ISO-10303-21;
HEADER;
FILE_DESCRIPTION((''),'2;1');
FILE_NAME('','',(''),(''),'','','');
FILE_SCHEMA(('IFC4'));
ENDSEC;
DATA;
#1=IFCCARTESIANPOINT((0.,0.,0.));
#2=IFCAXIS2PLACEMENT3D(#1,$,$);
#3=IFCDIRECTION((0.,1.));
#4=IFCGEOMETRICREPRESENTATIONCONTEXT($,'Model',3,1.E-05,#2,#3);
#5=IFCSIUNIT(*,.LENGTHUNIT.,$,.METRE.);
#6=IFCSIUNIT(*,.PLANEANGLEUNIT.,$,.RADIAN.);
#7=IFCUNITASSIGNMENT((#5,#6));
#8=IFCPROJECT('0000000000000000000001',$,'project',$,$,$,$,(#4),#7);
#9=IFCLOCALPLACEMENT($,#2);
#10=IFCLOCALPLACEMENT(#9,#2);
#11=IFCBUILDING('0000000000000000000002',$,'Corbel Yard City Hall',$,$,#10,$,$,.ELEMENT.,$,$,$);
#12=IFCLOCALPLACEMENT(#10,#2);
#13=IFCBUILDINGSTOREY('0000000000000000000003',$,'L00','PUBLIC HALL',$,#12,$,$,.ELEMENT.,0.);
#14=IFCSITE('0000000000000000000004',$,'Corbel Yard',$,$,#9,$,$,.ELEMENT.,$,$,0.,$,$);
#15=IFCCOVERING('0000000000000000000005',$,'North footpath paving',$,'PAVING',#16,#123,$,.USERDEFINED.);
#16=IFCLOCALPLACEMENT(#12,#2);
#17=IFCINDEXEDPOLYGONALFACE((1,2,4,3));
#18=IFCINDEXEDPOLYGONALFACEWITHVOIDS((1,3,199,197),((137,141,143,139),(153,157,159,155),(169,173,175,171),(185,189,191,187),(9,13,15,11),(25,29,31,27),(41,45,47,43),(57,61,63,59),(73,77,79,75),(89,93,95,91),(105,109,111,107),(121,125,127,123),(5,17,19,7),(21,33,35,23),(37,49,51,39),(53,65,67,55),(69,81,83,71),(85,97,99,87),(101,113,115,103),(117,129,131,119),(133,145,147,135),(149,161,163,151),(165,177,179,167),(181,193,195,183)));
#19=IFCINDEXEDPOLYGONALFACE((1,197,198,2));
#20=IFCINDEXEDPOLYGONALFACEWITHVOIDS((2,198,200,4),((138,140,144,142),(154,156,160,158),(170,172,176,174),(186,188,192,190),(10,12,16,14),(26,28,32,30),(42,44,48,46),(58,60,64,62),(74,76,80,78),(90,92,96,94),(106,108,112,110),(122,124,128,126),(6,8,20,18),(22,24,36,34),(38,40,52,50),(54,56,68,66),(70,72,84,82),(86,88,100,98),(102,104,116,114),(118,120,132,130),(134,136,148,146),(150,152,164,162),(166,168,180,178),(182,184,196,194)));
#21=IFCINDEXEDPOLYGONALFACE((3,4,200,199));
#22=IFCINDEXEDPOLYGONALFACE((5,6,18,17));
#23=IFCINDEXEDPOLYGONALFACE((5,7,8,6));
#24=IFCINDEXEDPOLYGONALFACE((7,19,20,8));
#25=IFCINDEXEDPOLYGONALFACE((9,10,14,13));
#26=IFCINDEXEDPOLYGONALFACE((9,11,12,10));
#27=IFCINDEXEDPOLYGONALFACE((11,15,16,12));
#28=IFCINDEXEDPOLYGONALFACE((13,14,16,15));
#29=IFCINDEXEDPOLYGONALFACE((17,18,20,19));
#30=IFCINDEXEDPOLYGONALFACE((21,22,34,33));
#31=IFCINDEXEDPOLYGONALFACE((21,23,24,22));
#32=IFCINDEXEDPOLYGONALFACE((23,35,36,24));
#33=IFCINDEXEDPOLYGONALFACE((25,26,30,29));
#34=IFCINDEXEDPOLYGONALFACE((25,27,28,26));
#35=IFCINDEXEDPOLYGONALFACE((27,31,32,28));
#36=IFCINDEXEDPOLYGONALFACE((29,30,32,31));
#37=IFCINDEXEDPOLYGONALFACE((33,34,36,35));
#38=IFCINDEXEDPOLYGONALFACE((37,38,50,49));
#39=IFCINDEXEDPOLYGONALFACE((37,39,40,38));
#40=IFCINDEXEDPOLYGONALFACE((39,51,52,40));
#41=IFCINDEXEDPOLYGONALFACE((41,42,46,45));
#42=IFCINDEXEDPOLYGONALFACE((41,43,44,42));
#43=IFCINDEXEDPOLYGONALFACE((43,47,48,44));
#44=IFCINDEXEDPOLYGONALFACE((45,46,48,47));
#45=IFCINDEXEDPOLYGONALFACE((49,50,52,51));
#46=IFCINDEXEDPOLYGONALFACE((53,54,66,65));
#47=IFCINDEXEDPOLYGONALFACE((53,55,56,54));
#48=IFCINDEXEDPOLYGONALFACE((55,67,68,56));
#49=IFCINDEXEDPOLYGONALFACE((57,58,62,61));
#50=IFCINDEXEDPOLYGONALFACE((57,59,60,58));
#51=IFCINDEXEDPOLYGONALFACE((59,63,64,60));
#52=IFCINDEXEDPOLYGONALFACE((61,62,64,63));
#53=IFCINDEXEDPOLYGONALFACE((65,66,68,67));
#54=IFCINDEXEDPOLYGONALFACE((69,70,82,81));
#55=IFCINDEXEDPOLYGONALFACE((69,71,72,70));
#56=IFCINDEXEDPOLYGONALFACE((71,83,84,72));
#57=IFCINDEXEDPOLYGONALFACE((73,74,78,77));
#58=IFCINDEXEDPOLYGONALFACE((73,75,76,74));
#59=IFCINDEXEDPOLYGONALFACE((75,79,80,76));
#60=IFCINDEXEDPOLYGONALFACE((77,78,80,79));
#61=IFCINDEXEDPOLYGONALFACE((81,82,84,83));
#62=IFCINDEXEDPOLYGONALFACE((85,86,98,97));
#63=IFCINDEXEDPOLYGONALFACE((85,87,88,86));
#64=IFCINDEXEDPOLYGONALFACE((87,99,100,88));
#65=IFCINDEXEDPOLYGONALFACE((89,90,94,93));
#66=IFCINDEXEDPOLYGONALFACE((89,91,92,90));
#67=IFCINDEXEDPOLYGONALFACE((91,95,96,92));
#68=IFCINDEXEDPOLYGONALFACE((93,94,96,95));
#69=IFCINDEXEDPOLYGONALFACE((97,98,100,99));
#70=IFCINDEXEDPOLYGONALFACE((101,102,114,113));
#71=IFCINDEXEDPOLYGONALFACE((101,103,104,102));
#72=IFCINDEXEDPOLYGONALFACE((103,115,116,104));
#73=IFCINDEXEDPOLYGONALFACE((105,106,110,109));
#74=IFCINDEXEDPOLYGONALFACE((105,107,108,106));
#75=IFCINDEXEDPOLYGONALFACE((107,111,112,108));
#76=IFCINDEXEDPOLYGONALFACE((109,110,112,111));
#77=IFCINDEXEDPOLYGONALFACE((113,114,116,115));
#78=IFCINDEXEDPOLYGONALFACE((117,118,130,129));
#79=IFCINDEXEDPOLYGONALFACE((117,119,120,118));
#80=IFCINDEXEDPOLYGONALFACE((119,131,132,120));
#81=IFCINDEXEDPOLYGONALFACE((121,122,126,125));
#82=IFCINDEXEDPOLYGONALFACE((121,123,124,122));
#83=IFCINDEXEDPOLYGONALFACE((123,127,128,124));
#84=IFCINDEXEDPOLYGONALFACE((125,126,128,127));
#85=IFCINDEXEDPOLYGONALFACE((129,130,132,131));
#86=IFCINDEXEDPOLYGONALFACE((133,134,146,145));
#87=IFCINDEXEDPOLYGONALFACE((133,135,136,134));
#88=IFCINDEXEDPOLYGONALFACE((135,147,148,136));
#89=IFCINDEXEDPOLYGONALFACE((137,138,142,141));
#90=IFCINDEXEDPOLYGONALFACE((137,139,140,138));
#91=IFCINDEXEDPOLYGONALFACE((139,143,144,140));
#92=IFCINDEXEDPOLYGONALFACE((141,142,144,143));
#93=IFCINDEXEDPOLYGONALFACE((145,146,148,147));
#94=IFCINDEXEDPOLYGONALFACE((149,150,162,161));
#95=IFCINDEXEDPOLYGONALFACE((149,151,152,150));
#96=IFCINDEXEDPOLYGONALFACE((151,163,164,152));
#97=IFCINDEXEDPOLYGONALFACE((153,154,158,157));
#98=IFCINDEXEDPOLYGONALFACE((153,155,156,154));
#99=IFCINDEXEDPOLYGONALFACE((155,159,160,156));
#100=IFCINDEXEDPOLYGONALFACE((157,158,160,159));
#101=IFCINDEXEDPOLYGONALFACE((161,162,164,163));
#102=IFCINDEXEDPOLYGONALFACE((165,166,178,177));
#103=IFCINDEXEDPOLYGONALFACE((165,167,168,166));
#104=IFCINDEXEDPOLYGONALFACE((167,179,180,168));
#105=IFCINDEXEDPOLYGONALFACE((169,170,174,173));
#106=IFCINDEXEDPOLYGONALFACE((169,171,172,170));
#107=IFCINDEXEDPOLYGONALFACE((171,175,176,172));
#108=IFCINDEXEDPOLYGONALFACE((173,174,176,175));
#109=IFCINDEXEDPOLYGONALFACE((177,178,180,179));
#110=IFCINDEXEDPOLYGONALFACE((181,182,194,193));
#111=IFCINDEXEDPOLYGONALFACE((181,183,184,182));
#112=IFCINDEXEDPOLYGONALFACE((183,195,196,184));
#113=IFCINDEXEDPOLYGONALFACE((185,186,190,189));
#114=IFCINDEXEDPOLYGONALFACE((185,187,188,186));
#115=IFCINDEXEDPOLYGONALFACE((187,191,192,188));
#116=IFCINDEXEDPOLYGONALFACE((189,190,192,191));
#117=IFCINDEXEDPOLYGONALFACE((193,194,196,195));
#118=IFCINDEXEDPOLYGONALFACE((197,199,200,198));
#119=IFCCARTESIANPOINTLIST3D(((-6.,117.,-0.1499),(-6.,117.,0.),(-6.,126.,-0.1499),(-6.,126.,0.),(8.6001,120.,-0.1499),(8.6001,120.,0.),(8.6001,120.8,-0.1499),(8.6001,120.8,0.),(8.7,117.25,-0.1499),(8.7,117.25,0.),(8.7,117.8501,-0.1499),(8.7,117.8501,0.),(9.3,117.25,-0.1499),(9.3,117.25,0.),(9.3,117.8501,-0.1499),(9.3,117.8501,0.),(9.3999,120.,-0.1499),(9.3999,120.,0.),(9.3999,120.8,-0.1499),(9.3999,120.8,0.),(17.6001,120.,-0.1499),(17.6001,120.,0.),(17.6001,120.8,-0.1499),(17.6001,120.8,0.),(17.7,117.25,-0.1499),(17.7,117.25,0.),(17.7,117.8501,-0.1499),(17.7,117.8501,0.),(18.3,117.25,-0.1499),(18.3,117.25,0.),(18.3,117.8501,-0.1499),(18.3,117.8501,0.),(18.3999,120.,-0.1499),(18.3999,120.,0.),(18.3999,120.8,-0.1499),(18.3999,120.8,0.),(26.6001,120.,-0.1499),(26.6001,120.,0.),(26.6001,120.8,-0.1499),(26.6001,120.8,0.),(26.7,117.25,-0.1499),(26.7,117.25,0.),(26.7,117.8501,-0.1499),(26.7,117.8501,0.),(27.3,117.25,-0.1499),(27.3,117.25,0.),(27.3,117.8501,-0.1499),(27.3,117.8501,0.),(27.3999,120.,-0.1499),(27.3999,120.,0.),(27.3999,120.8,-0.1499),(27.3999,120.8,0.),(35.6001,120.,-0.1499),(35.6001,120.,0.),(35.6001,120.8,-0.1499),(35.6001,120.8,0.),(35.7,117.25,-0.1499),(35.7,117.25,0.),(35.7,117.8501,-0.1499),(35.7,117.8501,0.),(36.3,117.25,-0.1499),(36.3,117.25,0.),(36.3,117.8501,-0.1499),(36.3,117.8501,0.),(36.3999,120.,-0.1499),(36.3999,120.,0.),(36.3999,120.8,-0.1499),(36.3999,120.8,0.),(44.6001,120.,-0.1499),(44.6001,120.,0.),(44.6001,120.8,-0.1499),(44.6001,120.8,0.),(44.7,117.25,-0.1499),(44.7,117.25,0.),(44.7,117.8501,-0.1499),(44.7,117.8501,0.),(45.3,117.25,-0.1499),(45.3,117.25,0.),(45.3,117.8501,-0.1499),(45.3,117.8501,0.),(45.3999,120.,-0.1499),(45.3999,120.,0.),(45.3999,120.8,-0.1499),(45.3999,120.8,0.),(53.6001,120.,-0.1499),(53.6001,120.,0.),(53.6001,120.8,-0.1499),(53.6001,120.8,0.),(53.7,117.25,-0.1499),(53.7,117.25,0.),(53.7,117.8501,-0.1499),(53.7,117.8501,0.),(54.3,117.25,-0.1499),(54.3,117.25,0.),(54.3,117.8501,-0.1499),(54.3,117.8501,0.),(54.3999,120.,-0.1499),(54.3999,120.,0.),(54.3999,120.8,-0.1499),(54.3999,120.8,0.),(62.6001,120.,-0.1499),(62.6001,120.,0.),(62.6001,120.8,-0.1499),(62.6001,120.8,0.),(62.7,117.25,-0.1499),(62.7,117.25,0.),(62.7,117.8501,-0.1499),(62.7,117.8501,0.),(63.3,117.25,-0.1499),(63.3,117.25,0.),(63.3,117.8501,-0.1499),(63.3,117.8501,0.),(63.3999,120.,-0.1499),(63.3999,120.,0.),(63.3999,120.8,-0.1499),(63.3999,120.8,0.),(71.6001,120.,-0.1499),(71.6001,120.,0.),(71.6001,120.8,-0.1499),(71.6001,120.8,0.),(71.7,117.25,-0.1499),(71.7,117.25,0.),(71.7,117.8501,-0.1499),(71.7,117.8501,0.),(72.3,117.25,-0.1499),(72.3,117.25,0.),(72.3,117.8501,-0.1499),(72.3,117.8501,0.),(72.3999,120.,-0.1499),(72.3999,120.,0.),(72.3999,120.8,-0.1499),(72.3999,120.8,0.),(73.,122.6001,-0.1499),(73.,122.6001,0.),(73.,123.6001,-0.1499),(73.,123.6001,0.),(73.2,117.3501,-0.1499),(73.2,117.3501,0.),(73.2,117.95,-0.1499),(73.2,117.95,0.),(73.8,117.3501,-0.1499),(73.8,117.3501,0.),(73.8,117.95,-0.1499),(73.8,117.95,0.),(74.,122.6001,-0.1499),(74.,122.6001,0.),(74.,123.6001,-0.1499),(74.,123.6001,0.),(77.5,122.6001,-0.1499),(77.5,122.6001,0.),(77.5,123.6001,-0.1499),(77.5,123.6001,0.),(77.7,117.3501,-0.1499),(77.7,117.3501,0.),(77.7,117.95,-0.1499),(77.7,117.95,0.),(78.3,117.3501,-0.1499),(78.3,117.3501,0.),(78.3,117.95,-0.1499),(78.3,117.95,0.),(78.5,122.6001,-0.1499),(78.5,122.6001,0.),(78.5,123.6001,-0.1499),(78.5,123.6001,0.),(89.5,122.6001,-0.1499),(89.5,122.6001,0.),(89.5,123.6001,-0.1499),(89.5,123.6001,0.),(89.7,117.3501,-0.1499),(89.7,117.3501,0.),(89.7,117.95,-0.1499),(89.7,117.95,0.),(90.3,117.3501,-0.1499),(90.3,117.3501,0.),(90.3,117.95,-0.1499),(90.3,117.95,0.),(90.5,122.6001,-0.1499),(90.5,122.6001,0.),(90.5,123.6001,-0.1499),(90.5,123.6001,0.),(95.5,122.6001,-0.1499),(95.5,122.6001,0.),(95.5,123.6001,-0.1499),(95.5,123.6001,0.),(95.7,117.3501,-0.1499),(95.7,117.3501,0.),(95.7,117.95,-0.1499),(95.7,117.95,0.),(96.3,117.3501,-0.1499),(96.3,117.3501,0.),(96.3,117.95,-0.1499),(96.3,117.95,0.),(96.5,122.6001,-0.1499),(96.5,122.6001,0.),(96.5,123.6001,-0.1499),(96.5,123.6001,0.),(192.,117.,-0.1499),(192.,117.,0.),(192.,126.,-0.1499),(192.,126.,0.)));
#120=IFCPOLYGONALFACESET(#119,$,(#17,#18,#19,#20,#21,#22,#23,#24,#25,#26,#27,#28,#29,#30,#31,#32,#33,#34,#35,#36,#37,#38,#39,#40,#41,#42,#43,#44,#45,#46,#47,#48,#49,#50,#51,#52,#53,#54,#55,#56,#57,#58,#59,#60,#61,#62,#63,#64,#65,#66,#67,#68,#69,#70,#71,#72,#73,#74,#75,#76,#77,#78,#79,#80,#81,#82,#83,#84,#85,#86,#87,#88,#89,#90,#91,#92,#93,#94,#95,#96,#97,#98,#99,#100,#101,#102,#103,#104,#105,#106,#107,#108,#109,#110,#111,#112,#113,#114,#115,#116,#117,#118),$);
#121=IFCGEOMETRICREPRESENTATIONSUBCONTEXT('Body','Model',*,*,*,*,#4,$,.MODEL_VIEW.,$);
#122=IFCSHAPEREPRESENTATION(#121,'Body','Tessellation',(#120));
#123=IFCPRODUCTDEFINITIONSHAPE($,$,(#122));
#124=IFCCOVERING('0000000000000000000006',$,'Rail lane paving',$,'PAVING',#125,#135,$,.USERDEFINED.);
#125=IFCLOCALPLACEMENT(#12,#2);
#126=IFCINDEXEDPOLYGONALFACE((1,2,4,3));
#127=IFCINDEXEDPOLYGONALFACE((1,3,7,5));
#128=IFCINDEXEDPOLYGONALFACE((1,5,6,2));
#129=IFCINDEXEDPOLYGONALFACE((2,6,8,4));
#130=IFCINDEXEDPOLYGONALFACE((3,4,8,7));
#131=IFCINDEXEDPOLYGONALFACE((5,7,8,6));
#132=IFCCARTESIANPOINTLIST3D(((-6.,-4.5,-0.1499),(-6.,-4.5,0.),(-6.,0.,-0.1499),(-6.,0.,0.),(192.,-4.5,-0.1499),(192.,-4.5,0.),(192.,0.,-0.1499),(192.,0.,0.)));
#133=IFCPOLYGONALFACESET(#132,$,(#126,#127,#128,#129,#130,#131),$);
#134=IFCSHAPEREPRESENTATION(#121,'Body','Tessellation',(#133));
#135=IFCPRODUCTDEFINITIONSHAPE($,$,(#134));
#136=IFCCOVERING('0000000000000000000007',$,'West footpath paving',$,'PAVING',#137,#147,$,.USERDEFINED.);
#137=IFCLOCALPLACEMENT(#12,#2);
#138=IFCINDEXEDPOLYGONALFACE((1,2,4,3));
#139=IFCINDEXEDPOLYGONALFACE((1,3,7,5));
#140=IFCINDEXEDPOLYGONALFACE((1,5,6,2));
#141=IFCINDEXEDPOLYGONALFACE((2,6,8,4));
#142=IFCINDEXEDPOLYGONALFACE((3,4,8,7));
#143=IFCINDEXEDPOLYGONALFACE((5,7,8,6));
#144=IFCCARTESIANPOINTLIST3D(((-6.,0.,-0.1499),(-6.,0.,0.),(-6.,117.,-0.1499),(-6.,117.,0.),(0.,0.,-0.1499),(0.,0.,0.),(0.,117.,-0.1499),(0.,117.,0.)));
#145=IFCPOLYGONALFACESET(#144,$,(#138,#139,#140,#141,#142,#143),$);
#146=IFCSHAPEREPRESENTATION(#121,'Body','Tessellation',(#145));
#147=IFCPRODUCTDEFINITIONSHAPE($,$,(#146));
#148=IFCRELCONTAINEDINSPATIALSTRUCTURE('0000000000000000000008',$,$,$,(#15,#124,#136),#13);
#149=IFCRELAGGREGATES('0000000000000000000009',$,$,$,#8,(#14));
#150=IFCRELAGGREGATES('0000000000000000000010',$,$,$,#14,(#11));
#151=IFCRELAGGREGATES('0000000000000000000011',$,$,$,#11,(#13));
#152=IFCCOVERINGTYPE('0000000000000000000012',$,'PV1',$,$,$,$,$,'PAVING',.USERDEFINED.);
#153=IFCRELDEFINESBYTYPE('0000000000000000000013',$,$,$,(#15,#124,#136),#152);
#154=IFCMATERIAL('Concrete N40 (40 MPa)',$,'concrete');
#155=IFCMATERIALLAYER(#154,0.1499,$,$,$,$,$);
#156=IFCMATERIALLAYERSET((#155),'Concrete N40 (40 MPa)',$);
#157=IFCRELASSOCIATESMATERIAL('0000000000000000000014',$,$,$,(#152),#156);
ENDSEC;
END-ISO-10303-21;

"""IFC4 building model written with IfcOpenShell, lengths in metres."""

from ifc_helpers import new_model, si_unit, direction, frame, origin, place, context, subcontext, project, spatial, polyline, outline, extrude, material, layer, layer_set, type_object, element, save


model = new_model("IFC4")

# Units and contexts
model_context = context("Model", 3, precision=1e-05, world=origin(), true_north=direction((0.0, 1.0)))
body_context = subcontext(model_context, "Body", "Model", "MODEL_VIEW")
ifc_project = project(units=[si_unit("LENGTHUNIT", "METRE"), si_unit("PLANEANGLEUNIT", "RADIAN")], contexts=[model_context])

# Site, building, storey
site_placement = place(None, origin())
site = spatial("IfcSite", under=ifc_project, at=site_placement, Name="Corbel Yard", CompositionType="ELEMENT", RefElevation=0.0)
building_placement = place(site_placement, origin())
building = spatial("IfcBuilding", under=site, at=building_placement, Name="Corbel Yard City Hall", CompositionType="ELEMENT")
storey_placement = place(building_placement, origin())
storey = spatial("IfcBuildingStorey", under=building, at=storey_placement, Name="L00", Description="PUBLIC HALL", CompositionType="ELEMENT", Elevation=0.0)

# Shared definitions
ifc_material_1 = material(Name="Concrete N40 (40 MPa)", Category="concrete")

# Coverings
ifc_layer_1 = layer(ifc_material_1, 0.1499)
ifc_layer_set_1 = layer_set([ifc_layer_1], Name="Concrete N40 (40 MPa)")
covering_type = type_object("IfcCoveringType", Name="PV1", ElementType="PAVING", PredefinedType="USERDEFINED", material=ifc_layer_set_1)
covering_1_placement = place(storey_placement, frame((0.0, 0.0, -0.1499)))
element("IfcCovering", 1, at=covering_1_placement, inside=storey, type_object=covering_type, Name="North footpath paving", ObjectType="PAVING", PredefinedType="USERDEFINED", context=body_context, shape_type="SweptSolid", body=[
    extrude(outline(polyline([(-6.0, 117.0), (192.0, 117.0), (192.0, 126.0), (-6.0, 126.0), (-6.0, 117.0)]), holes=[polyline([(8.7, 117.25), (9.3, 117.25), (9.3, 117.8501), (8.7, 117.8501), (8.7, 117.25)]), polyline([(17.7, 117.25), (18.3, 117.25), (18.3, 117.8501), (17.7, 117.8501), (17.7, 117.25)]), polyline([(26.7, 117.25), (27.3, 117.25), (27.3, 117.8501), (26.7, 117.8501), (26.7, 117.25)]), polyline([(35.7, 117.25), (36.3, 117.25), (36.3, 117.8501), (35.7, 117.8501), (35.7, 117.25)]), polyline([(44.7, 117.25), (45.3, 117.25), (45.3, 117.8501), (44.7, 117.8501), (44.7, 117.25)]), polyline([(53.7, 117.25), (54.3, 117.25), (54.3, 117.8501), (53.7, 117.8501), (53.7, 117.25)]), polyline([(62.7, 117.25), (63.3, 117.25), (63.3, 117.8501), (62.7, 117.8501), (62.7, 117.25)]), polyline([(71.7, 117.25), (72.3, 117.25), (72.3, 117.8501), (71.7, 117.8501), (71.7, 117.25)]), polyline([(8.6001, 120.0), (9.3999, 120.0), (9.3999, 120.8), (8.6001, 120.8), (8.6001, 120.0)]), polyline([(17.6001, 120.0), (18.3999, 120.0), (18.3999, 120.8), (17.6001, 120.8), (17.6001, 120.0)]), polyline([(26.6001, 120.0), (27.3999, 120.0), (27.3999, 120.8), (26.6001, 120.8), (26.6001, 120.0)]), polyline([(35.6001, 120.0), (36.3999, 120.0), (36.3999, 120.8), (35.6001, 120.8), (35.6001, 120.0)]), polyline([(44.6001, 120.0), (45.3999, 120.0), (45.3999, 120.8), (44.6001, 120.8), (44.6001, 120.0)]), polyline([(53.6001, 120.0), (54.3999, 120.0), (54.3999, 120.8), (53.6001, 120.8), (53.6001, 120.0)]), polyline([(62.6001, 120.0), (63.3999, 120.0), (63.3999, 120.8), (62.6001, 120.8), (62.6001, 120.0)]), polyline([(71.6001, 120.0), (72.3999, 120.0), (72.3999, 120.8), (71.6001, 120.8), (71.6001, 120.0)]), polyline([(73.2, 117.3501), (73.8, 117.3501), (73.8, 117.95), (73.2, 117.95), (73.2, 117.3501)]), polyline([(77.7, 117.3501), (78.3, 117.3501), (78.3, 117.95), (77.7, 117.95), (77.7, 117.3501)]), polyline([(89.7, 117.3501), (90.3, 117.3501), (90.3, 117.95), (89.7, 117.95), (89.7, 117.3501)]), polyline([(95.7, 117.3501), (96.3, 117.3501), (96.3, 117.95), (95.7, 117.95), (95.7, 117.3501)]), polyline([(73.0, 122.6001), (74.0, 122.6001), (74.0, 123.6001), (73.0, 123.6001), (73.0, 122.6001)]), polyline([(77.5, 122.6001), (78.5, 122.6001), (78.5, 123.6001), (77.5, 123.6001), (77.5, 122.6001)]), polyline([(89.5, 122.6001), (90.5, 122.6001), (90.5, 123.6001), (89.5, 123.6001), (89.5, 122.6001)]), polyline([(95.5, 122.6001), (96.5, 122.6001), (96.5, 123.6001), (95.5, 123.6001), (95.5, 122.6001)])]), origin(), (0.0, 0.0, 1.0), 0.1499),
])
covering_2_placement = place(storey_placement, frame((0.0, 0.0, -0.1499)))
element("IfcCovering", 2, at=covering_2_placement, inside=storey, type_object=covering_type, Name="Rail lane paving", ObjectType="PAVING", PredefinedType="USERDEFINED", context=body_context, shape_type="SweptSolid", body=[
    extrude(outline(polyline([(-6.0, -4.5), (192.0, -4.5), (192.0, 0.0), (-6.0, 0.0), (-6.0, -4.5)])), origin(), (0.0, 0.0, 1.0), 0.1499),
])
covering_3_placement = place(storey_placement, frame((0.0, 0.0, -0.1499)))
element("IfcCovering", 3, at=covering_3_placement, inside=storey, type_object=covering_type, Name="West footpath paving", ObjectType="PAVING", PredefinedType="USERDEFINED", context=body_context, shape_type="SweptSolid", body=[
    extrude(outline(polyline([(-6.0, 0.0), (0.0, 0.0), (0.0, 117.0), (-6.0, 117.0), (-6.0, 0.0)])), origin(), (0.0, 0.0, 1.0), 0.1499),
])

save(model, "model.ifc")
